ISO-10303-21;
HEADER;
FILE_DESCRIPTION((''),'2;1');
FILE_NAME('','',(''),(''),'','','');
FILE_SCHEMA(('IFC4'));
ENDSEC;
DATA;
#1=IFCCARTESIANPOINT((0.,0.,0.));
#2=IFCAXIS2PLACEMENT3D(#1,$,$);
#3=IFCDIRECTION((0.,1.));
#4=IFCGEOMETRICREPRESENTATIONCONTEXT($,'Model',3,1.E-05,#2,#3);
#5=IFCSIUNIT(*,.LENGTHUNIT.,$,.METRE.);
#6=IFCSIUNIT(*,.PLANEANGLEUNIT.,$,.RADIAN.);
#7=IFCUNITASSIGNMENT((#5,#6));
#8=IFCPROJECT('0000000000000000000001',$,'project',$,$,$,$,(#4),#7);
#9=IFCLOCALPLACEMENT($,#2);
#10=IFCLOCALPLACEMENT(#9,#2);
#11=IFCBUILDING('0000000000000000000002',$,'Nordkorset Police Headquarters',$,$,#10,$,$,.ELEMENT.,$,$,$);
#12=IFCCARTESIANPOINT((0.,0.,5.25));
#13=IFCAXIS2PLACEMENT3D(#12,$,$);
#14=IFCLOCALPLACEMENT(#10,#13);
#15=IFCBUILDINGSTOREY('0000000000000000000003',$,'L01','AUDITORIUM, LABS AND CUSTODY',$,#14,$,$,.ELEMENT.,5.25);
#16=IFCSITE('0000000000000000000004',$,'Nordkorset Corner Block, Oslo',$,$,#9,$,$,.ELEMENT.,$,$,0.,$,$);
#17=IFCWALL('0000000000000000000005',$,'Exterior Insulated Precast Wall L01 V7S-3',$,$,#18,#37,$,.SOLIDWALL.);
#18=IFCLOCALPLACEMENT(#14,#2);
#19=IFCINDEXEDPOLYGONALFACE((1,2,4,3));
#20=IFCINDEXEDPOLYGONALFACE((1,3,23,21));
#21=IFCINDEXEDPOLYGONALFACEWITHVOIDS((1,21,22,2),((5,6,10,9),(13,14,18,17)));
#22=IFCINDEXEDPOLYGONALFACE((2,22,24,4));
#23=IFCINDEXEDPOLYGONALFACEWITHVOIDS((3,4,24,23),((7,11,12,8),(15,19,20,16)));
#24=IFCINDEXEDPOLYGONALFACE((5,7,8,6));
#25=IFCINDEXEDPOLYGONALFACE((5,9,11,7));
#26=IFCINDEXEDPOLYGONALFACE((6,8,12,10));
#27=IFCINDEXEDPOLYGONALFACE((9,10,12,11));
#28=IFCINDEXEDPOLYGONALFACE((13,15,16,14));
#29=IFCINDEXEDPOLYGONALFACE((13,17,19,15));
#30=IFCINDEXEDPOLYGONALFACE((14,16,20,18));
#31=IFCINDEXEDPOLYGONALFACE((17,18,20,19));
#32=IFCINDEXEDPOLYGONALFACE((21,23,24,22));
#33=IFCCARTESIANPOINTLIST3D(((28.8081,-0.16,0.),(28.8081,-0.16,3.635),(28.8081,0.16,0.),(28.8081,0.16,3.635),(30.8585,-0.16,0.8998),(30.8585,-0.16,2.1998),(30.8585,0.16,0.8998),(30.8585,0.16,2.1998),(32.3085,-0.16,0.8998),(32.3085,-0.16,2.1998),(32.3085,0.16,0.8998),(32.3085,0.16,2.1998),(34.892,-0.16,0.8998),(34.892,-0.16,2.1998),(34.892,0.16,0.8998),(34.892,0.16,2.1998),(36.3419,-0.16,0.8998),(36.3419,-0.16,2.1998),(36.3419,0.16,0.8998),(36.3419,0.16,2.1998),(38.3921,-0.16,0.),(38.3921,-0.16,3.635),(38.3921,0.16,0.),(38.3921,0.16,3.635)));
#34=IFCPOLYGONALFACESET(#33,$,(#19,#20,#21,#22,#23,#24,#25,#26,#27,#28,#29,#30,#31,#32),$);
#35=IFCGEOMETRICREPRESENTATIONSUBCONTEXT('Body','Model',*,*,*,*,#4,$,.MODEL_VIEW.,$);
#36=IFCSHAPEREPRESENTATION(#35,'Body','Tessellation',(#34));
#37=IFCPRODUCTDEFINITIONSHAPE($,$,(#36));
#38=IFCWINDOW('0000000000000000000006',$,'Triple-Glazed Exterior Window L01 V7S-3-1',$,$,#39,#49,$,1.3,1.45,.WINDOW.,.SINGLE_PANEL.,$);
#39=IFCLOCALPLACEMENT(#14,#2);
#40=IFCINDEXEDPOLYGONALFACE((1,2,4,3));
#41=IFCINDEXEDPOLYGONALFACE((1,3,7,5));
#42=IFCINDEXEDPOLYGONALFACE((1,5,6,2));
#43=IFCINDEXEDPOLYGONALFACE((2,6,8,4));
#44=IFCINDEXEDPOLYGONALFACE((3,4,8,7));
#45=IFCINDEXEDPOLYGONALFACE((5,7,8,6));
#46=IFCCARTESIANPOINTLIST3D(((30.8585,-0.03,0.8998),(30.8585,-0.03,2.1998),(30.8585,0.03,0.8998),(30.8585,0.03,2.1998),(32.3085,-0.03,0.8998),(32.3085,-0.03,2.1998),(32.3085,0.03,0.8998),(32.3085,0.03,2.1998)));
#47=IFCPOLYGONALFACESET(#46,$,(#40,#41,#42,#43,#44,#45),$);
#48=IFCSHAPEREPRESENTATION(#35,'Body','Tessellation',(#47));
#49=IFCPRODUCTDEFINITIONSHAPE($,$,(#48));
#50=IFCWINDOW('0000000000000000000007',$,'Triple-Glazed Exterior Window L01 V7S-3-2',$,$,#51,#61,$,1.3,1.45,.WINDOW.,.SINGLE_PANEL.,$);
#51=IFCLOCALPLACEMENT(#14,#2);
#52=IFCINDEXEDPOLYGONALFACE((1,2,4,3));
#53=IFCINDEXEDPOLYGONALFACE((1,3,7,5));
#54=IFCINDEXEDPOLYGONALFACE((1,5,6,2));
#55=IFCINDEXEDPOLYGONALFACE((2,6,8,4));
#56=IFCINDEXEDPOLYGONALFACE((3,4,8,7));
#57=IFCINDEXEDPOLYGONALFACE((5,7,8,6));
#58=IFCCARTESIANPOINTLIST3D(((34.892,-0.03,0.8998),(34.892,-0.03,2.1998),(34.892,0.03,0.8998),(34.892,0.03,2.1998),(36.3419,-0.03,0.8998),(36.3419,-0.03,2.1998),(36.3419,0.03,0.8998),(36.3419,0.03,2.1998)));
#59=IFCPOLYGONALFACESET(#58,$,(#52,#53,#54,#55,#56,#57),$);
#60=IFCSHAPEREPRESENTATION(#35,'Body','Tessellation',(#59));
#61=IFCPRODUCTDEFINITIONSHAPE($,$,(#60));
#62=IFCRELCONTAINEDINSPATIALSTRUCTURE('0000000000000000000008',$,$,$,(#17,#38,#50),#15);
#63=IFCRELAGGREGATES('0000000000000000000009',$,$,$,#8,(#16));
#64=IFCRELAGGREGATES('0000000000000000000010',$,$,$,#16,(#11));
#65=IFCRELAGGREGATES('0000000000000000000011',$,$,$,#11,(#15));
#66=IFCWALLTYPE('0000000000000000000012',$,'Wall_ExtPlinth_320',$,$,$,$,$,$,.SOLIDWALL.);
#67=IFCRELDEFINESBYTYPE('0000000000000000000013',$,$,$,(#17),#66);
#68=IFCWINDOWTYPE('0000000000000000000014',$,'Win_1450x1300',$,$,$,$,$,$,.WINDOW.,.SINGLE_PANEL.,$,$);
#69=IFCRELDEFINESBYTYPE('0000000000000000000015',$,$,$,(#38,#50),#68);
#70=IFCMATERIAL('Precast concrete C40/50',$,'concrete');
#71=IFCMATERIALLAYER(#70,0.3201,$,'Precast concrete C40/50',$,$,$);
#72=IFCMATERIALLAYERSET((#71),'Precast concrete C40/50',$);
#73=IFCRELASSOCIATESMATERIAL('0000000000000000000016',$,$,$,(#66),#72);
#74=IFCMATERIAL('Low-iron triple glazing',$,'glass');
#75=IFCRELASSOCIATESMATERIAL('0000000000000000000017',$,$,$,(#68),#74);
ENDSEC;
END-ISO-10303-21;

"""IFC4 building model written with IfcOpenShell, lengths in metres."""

from ifc_helpers import new_model, si_unit, direction, frame, frame_2d, origin, place, context, subcontext, project, spatial, rectangle, extrude, material, layer, layer_set, type_object, element, fill, save


model = new_model("IFC4")

# Units and contexts
model_context = context("Model", 3, precision=1e-05, world=origin(), true_north=direction((0.0, 1.0)))
body_context = subcontext(model_context, "Body", "Model", "MODEL_VIEW")
ifc_project = project(units=[si_unit("LENGTHUNIT", "METRE"), si_unit("PLANEANGLEUNIT", "RADIAN")], contexts=[model_context])

# Site, building, storey
site_placement = place(None, origin())
site = spatial("IfcSite", under=ifc_project, at=site_placement, Name="Nordkorset Corner Block, Oslo", CompositionType="ELEMENT", RefElevation=0.0)
building_placement = place(site_placement, origin())
building = spatial("IfcBuilding", under=site, at=building_placement, Name="Nordkorset Police Headquarters", CompositionType="ELEMENT")
storey_placement = place(building_placement, frame((0.0, 0.0, 5.25)))
storey = spatial("IfcBuildingStorey", under=building, at=storey_placement, Name="L01", Description="AUDITORIUM, LABS AND CUSTODY", CompositionType="ELEMENT", Elevation=5.25)

# Wall, openings, windows
ifc_material_1 = material(Name="Precast concrete C40/50", Category="concrete")
ifc_layer = layer(ifc_material_1, 0.3201, Name="Precast concrete C40/50")
ifc_layer_set = layer_set([ifc_layer], Name="Precast concrete C40/50")
wall_type = type_object("IfcWallType", Name="Wall_ExtPlinth_320", PredefinedType="SOLIDWALL", material=ifc_layer_set)
wall_1_placement = place(storey_placement, frame((28.8081, 0.0, 0.0), z_axis=(0.0, 0.0, 1.0), x_axis=(1.0, 0.0, 0.0)))
wall_1 = element("IfcWall", 1, at=wall_1_placement, inside=storey, type_object=wall_type, Name="Exterior Insulated Precast Wall L01 V7S-3", PredefinedType="SOLIDWALL", context=body_context, shape_type="SweptSolid", body=[
    extrude(rectangle(XDim=9.584, YDim=0.3201, at=frame_2d((4.792, 0.0))), origin(), (0.0, 0.0, 1.0), 3.635),
])
opening_1_placement = place(wall_1_placement, frame((2.0503, 0.0, 0.8999)))
opening_1 = element("IfcOpeningElement", 2, at=opening_1_placement, cuts=wall_1, PredefinedType="OPENING", context=body_context, shape_type="SweptSolid", body=[
    extrude(rectangle(XDim=1.45, YDim=1.3, at=frame_2d((0.7251, 0.6499))), frame((0.0, 0.1699, 0.0), z_axis=(0.0, -1.0, 0.0), x_axis=(1.0, 0.0, 0.0)), (0.0, 0.0, 1.0), 0.3401),
])
opening_2_placement = place(wall_1_placement, frame((6.0837, 0.0, 0.8999)))
opening_2 = element("IfcOpeningElement", 3, at=opening_2_placement, cuts=wall_1, PredefinedType="OPENING", context=body_context, shape_type="SweptSolid", body=[
    extrude(rectangle(XDim=1.45, YDim=1.3, at=frame_2d((0.7251, 0.6499))), frame((0.0, 0.1699, 0.0), z_axis=(0.0, -1.0, 0.0), x_axis=(1.0, 0.0, 0.0)), (0.0, 0.0, 1.0), 0.3401),
])
ifc_material_2 = material(Name="Low-iron triple glazing", Category="glass")
window_type_1 = type_object("IfcWindowType", Name="Win_1450x1300", PartitioningType="SINGLE_PANEL", PredefinedType="WINDOW", material=ifc_material_2)
window_1_placement = place(opening_1_placement, origin())
window_1 = element("IfcWindow", 4, at=window_1_placement, inside=storey, type_object=window_type_1, Name="Triple-Glazed Exterior Window L01 V7S-3-1", OverallHeight=1.3, OverallWidth=1.45, PartitioningType="SINGLE_PANEL", PredefinedType="WINDOW", context=body_context, shape_type="SweptSolid", body=[
    extrude(rectangle(XDim=1.45, YDim=1.3, at=frame_2d((0.7251, 0.6499))), frame((0.0, 0.03, 0.0), z_axis=(0.0, -1.0, 0.0), x_axis=(1.0, 0.0, 0.0)), (0.0, 0.0, 1.0), 0.0601),
])
fill(opening_1, window_1)
window_2_placement = place(opening_2_placement, origin())
window_2 = element("IfcWindow", 5, at=window_2_placement, inside=storey, type_object=window_type_1, Name="Triple-Glazed Exterior Window L01 V7S-3-2", OverallHeight=1.3, OverallWidth=1.45, PartitioningType="SINGLE_PANEL", PredefinedType="WINDOW", context=body_context, shape_type="SweptSolid", body=[
    extrude(rectangle(XDim=1.45, YDim=1.3, at=frame_2d((0.7251, 0.6499))), frame((0.0, 0.03, 0.0), z_axis=(0.0, -1.0, 0.0), x_axis=(1.0, 0.0, 0.0)), (0.0, 0.0, 1.0), 0.0601),
])
fill(opening_2, window_2)

save(model, "model.ifc")
